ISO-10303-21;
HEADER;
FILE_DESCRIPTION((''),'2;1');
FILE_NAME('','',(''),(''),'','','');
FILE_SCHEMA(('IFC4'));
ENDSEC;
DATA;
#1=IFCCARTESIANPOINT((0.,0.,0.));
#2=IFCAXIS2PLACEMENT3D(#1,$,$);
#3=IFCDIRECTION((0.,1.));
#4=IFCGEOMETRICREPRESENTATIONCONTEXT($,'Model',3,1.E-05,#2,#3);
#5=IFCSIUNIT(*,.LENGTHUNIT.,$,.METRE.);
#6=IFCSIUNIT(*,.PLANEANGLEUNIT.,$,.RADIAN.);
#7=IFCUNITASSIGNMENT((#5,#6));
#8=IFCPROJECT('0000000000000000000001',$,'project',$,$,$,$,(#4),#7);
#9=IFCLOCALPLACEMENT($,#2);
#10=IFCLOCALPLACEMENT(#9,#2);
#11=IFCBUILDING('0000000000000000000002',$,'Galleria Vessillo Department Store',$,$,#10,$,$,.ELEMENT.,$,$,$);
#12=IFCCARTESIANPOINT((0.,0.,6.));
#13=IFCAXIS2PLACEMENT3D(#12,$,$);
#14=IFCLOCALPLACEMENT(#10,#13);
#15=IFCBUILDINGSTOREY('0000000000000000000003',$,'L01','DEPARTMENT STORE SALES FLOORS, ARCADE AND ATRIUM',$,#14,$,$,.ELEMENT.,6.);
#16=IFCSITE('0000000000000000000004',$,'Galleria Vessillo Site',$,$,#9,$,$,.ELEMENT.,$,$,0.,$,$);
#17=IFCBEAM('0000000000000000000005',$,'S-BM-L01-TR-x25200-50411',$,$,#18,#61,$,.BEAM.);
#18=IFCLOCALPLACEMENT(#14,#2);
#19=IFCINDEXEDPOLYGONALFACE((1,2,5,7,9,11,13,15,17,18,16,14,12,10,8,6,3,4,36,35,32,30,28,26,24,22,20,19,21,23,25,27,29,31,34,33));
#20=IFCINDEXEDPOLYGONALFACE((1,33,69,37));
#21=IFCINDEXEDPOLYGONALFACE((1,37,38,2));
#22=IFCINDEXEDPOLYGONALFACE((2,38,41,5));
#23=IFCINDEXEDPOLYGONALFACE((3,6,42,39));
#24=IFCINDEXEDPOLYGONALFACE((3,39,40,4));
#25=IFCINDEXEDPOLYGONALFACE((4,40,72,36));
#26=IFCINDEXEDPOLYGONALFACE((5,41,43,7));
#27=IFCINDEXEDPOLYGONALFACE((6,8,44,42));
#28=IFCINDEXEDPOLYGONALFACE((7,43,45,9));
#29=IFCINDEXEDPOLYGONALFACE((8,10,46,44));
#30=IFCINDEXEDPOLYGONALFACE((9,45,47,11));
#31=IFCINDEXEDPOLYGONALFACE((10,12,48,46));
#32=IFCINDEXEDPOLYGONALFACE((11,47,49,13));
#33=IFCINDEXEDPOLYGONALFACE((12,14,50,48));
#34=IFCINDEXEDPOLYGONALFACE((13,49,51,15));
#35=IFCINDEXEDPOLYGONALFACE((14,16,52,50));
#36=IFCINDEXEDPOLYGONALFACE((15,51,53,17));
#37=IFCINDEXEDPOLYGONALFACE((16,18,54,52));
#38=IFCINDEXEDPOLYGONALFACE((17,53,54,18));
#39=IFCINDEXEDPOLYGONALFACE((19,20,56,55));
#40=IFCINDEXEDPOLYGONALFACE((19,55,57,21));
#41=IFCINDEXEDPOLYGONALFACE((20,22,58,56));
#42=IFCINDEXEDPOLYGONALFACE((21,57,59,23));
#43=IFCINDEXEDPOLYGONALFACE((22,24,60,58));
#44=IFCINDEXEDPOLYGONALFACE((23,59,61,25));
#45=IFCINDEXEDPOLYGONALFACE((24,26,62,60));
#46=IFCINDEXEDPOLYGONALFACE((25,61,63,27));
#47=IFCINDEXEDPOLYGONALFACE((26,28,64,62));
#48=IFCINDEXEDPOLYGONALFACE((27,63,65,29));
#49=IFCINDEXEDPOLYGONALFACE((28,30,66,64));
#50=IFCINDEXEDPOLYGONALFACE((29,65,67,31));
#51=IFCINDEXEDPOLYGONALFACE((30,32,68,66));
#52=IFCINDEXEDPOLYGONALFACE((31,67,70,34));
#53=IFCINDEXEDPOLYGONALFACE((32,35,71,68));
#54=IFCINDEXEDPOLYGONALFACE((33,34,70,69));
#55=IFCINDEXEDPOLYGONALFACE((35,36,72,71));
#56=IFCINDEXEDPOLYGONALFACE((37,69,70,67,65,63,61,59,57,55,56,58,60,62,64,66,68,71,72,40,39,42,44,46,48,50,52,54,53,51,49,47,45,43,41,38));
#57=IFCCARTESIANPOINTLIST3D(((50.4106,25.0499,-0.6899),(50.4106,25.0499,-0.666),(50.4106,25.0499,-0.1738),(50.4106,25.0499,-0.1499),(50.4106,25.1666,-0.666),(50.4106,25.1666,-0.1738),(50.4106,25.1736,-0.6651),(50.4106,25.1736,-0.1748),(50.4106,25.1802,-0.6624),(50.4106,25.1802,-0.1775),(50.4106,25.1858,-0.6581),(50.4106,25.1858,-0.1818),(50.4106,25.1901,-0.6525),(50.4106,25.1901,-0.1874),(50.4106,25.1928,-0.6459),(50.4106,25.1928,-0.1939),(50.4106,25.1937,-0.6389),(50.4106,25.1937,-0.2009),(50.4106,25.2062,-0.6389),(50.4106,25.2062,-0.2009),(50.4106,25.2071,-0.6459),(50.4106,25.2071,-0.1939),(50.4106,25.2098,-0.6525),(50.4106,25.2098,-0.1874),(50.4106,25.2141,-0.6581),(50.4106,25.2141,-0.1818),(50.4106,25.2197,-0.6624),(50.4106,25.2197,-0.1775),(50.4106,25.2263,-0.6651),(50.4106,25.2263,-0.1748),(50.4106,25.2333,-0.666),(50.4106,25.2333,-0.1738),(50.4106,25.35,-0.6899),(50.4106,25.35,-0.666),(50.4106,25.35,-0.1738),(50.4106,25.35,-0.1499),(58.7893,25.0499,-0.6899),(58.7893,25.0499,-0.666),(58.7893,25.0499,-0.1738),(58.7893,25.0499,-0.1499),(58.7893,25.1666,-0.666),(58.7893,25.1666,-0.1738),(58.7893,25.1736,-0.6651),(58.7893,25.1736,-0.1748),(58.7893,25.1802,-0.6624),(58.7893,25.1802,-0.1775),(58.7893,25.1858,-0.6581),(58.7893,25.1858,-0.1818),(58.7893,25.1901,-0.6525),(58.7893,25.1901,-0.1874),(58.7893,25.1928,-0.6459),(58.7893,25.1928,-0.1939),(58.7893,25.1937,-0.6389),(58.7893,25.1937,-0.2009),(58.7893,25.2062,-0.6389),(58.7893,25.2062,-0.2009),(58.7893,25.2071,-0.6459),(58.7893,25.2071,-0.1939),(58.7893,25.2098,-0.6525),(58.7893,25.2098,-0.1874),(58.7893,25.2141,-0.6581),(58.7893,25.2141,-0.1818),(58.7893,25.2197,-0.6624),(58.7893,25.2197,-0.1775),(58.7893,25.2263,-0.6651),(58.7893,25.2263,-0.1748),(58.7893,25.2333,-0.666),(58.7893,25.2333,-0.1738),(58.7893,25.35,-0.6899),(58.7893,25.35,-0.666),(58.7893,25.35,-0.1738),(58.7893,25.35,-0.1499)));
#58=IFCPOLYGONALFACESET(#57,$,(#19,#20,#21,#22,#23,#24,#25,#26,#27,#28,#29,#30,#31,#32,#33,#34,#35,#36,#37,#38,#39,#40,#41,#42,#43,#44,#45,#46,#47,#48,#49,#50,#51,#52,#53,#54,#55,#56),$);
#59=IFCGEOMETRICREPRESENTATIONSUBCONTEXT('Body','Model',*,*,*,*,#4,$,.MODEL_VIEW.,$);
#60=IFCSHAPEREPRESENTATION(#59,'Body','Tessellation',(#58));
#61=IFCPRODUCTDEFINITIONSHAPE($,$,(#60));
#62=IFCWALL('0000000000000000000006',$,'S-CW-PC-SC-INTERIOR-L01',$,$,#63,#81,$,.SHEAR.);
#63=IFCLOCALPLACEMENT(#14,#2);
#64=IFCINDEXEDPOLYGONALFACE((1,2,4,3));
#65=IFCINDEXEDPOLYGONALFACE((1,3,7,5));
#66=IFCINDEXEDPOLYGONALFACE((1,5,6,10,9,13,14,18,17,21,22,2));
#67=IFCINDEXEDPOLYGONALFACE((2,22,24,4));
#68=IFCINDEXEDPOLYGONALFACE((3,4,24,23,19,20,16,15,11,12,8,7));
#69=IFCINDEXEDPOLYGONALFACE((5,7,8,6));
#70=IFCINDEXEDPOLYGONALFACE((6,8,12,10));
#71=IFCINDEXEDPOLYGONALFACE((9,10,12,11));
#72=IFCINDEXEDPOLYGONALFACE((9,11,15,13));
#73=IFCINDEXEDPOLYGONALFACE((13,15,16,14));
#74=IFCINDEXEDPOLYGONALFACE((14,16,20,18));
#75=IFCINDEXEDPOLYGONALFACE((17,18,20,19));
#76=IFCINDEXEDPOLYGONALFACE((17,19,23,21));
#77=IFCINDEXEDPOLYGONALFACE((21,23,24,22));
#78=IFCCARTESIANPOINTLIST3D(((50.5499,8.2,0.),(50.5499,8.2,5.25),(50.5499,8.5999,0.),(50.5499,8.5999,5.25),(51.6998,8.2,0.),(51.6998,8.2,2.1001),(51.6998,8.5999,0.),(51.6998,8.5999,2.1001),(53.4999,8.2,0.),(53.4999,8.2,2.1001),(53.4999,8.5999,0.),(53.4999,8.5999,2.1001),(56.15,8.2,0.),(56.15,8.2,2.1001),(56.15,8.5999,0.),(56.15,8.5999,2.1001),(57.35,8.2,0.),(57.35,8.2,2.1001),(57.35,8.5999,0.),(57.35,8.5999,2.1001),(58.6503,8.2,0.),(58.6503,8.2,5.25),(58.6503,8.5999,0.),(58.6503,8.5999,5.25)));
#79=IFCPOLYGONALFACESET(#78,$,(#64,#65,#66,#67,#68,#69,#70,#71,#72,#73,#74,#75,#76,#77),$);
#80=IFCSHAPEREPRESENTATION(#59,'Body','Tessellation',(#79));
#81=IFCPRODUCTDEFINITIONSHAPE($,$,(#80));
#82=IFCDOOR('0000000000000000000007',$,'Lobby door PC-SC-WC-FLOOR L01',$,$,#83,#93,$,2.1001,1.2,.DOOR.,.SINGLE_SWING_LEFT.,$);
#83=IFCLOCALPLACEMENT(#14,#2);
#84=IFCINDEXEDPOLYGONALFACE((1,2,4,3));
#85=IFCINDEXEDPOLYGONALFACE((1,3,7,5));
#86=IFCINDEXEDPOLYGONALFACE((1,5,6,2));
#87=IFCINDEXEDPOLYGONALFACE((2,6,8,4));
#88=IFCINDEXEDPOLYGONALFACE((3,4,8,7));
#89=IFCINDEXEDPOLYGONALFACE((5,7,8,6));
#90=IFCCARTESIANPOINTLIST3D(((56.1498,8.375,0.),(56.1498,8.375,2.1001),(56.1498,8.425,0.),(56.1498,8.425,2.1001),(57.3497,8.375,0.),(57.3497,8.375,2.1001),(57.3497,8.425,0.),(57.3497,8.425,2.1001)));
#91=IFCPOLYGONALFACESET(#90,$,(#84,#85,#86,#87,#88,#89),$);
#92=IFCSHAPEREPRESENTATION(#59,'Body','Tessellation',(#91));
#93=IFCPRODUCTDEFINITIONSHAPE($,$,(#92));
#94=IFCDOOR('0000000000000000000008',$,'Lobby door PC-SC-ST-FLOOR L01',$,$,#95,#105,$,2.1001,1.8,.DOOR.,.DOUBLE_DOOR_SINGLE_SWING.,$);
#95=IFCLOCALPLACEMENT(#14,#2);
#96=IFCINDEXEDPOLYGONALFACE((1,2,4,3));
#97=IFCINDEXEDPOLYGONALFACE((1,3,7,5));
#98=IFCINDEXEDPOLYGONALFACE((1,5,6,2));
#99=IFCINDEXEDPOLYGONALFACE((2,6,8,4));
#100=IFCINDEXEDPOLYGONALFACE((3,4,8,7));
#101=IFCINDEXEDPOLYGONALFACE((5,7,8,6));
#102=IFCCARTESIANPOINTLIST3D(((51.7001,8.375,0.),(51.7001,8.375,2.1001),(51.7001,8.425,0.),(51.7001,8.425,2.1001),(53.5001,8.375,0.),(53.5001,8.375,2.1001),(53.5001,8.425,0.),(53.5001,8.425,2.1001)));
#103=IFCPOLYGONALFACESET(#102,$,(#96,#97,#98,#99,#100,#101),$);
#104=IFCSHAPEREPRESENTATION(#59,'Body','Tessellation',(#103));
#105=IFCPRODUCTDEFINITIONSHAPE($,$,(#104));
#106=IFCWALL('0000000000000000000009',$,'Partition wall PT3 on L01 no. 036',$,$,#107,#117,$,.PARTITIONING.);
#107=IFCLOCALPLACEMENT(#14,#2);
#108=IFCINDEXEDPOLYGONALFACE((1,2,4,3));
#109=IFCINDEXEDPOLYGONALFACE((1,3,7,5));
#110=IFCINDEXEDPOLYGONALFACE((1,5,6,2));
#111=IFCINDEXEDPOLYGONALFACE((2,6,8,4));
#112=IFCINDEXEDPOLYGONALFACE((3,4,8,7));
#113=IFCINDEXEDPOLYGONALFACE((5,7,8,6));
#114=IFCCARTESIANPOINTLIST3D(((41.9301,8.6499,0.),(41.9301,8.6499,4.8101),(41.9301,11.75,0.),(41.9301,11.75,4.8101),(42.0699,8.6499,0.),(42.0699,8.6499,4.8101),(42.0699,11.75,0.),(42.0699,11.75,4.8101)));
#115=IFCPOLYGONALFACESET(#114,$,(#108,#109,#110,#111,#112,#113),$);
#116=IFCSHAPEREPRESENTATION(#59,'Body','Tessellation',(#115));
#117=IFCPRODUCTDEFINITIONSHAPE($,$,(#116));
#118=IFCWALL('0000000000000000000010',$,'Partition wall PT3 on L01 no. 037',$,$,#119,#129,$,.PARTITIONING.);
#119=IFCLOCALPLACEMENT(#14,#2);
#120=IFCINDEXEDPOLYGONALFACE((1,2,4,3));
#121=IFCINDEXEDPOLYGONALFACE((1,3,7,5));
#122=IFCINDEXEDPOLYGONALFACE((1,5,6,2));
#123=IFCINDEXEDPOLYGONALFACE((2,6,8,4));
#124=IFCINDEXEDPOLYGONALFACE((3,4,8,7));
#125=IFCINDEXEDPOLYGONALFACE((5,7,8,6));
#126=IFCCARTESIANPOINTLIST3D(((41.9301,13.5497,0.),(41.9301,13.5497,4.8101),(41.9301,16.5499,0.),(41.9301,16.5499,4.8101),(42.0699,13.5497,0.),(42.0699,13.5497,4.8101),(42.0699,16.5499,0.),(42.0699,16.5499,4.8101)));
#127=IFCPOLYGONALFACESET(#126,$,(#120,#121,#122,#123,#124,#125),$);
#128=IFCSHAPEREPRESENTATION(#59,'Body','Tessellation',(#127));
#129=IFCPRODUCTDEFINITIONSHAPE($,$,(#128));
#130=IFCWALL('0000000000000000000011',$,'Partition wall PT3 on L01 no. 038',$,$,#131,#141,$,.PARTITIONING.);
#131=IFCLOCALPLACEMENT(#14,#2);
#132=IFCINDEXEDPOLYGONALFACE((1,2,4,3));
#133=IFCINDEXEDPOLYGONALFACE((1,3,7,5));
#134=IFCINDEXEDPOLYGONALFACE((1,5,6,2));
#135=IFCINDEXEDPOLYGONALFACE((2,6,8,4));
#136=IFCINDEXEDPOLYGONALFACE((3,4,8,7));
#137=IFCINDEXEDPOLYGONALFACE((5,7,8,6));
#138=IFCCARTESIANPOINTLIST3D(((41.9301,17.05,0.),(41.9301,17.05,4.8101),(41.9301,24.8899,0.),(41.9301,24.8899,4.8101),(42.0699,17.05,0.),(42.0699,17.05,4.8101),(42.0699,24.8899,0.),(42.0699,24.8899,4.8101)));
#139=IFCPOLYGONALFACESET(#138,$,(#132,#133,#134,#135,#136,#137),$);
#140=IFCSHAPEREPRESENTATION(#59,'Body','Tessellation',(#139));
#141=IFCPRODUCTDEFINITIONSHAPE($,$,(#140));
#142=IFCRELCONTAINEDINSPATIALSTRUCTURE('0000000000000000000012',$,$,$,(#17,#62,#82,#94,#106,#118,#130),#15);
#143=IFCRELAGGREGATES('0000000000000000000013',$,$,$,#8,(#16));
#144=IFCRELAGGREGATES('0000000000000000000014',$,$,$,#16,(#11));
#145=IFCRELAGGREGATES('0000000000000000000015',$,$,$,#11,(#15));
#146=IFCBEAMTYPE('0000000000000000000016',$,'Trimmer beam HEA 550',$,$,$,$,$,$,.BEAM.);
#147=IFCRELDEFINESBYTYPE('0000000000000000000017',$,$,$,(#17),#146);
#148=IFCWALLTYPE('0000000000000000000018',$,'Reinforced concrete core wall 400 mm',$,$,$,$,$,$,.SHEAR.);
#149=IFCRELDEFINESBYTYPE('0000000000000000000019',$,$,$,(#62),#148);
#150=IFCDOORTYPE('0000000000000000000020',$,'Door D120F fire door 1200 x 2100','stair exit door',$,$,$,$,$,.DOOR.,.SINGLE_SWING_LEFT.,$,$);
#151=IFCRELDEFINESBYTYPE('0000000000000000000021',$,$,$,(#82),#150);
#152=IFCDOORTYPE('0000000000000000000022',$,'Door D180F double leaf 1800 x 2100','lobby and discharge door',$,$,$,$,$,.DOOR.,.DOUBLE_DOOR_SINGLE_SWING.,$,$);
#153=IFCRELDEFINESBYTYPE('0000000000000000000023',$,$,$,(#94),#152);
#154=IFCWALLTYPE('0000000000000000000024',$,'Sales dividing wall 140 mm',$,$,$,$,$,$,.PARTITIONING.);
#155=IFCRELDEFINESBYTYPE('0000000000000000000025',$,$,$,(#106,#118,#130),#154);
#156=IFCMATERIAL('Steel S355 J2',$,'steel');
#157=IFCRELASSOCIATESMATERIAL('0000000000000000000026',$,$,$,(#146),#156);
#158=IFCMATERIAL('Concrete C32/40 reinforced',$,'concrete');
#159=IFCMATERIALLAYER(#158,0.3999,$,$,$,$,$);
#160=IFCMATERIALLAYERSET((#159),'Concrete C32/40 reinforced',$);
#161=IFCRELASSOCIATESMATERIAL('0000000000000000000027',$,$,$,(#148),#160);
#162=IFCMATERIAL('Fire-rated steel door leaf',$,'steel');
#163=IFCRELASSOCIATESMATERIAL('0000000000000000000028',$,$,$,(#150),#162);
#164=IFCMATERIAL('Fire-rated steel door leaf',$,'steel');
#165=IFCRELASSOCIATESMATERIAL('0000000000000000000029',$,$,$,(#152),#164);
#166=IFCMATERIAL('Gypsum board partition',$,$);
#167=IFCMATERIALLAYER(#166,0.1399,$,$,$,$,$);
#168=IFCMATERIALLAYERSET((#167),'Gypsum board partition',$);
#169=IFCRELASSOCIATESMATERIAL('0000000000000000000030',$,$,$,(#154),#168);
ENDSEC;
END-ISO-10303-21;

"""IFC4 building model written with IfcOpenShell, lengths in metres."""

from ifc_helpers import new_model, si_unit, direction, frame, frame_2d, origin, origin_2d, place, context, subcontext, project, spatial, rectangle, i_section, extrude, material, layer, layer_set, material_profile, profile_set, type_object, element, fill, save


model = new_model("IFC4")

# Units and contexts
model_context = context("Model", 3, precision=1e-05, world=origin(), true_north=direction((0.0, 1.0)))
body_context = subcontext(model_context, "Body", "Model", "MODEL_VIEW")
ifc_project = project(units=[si_unit("LENGTHUNIT", "METRE"), si_unit("PLANEANGLEUNIT", "RADIAN")], contexts=[model_context])

# Site, building, storey
site_placement = place(None, origin())
site = spatial("IfcSite", under=ifc_project, at=site_placement, Name="Galleria Vessillo Site", CompositionType="ELEMENT", RefElevation=0.0)
building_placement = place(site_placement, origin())
building = spatial("IfcBuilding", under=site, at=building_placement, Name="Galleria Vessillo Department Store", CompositionType="ELEMENT")
storey_placement = place(building_placement, frame((0.0, 0.0, 6.0)))
storey = spatial("IfcBuildingStorey", under=building, at=storey_placement, Name="L01", Description="DEPARTMENT STORE SALES FLOORS, ARCADE AND ATRIUM", CompositionType="ELEMENT", Elevation=6.0)

# Beam
ifc_material_1 = material(Name="Steel S355 J2", Category="steel")
ifc_material_profile_1 = material_profile(ifc_material_1, i_section(OverallWidth=0.3, OverallDepth=0.54, WebThickness=0.0125, FlangeThickness=0.0239, FilletRadius=0.0271, at=origin_2d()), Name="HEA 550")
ifc_profile_set_1 = profile_set([ifc_material_profile_1], Name="Steel S355 J2")
beam_type_1 = type_object("IfcBeamType", Name="Trimmer beam HEA 550", PredefinedType="BEAM", material=ifc_profile_set_1)
for number, where, z_axis, x_axis, name in (
    (1, (50.4106, 25.2, -0.4199), (1.0, 0.0, 0.0), (0.0, 1.0, 0.0), "S-BM-L01-TR-x25200-50411"),
):
    element("IfcBeam", number, at=place(storey_placement, frame(where, z_axis=z_axis, x_axis=x_axis)), inside=storey, type_object=beam_type_1, Name=name, PredefinedType="BEAM", context=body_context, shape_type="SweptSolid", body=[
        extrude(i_section(OverallWidth=0.3, OverallDepth=0.54, WebThickness=0.0125, FlangeThickness=0.0239, FilletRadius=0.0271, at=origin_2d()), origin(), (0.0, 0.0, 1.0), 8.3787),
    ])

# Wall, openings, doors
ifc_material_2 = material(Name="Concrete C32/40 reinforced", Category="concrete")
ifc_layer_1 = layer(ifc_material_2, 0.3999)
ifc_layer_set_1 = layer_set([ifc_layer_1], Name="Concrete C32/40 reinforced")
wall_type_1 = type_object("IfcWallType", Name="Reinforced concrete core wall 400 mm", PredefinedType="SHEAR", material=ifc_layer_set_1)
wall_1_placement = place(storey_placement, frame((50.5498, 8.3999, 0.0), z_axis=(0.0, 0.0, 1.0), x_axis=(1.0, 0.0, 0.0)))
wall_1 = element("IfcWall", 2, at=wall_1_placement, inside=storey, type_object=wall_type_1, Name="S-CW-PC-SC-INTERIOR-L01", PredefinedType="SHEAR", context=body_context, shape_type="SweptSolid", body=[
    extrude(rectangle(XDim=8.1003, YDim=0.3999, at=frame_2d((4.0503, 0.0))), origin(), (0.0, 0.0, 1.0), 5.25),
])
opening_1_placement = place(wall_1_placement, frame((1.1501, 0.0, 0.0)))
opening_1 = element("IfcOpeningElement", 3, at=opening_1_placement, cuts=wall_1, PredefinedType="OPENING", context=body_context, shape_type="SweptSolid", body=[
    extrude(rectangle(XDim=1.8, YDim=2.1001, at=frame_2d((0.8999, 1.05))), frame((0.0, 0.21, 0.0), z_axis=(0.0, -1.0, 0.0), x_axis=(1.0, 0.0, 0.0)), (0.0, 0.0, 1.0), 0.4199),
])
opening_2_placement = place(wall_1_placement, frame((5.6001, 0.0, 0.0)))
opening_2 = element("IfcOpeningElement", 4, at=opening_2_placement, cuts=wall_1, PredefinedType="OPENING", context=body_context, shape_type="SweptSolid", body=[
    extrude(rectangle(XDim=1.2, YDim=2.1001, at=frame_2d((0.6001, 1.05))), frame((0.0, 0.21, 0.0), z_axis=(0.0, -1.0, 0.0), x_axis=(1.0, 0.0, 0.0)), (0.0, 0.0, 1.0), 0.4199),
])
ifc_material_3 = material(Name="Fire-rated steel door leaf", Category="steel")
door_type_1 = type_object("IfcDoorType", Name="Door D120F fire door 1200 x 2100", Description="stair exit door", OperationType="SINGLE_SWING_LEFT", PredefinedType="DOOR", material=ifc_material_3)
door_1_placement = place(opening_2_placement, frame((1.2, 0.0, 0.0), z_axis=(0.0, 0.0, 1.0), x_axis=(-1.0, 0.0, 0.0)))
door_1 = element("IfcDoor", 5, at=door_1_placement, inside=storey, type_object=door_type_1, Name="Lobby door PC-SC-WC-FLOOR L01", OperationType="SINGLE_SWING_LEFT", OverallHeight=2.1001, OverallWidth=1.2, PredefinedType="DOOR", context=body_context, shape_type="SweptSolid", body=[
    extrude(rectangle(XDim=1.2, YDim=2.1001, at=frame_2d((0.6001, 1.05))), frame((0.0, 0.0249, 0.0), z_axis=(0.0, -1.0, 0.0), x_axis=(1.0, 0.0, 0.0)), (0.0, 0.0, 1.0), 0.05),
])
fill(opening_2, door_1)
ifc_material_4 = material(Name="Fire-rated steel door leaf", Category="steel")
door_type_2 = type_object("IfcDoorType", Name="Door D180F double leaf 1800 x 2100", Description="lobby and discharge door", OperationType="DOUBLE_DOOR_SINGLE_SWING", PredefinedType="DOOR", material=ifc_material_4)
door_2_placement = place(opening_1_placement, frame((1.8, 0.0, 0.0), z_axis=(0.0, 0.0, 1.0), x_axis=(-1.0, 0.0, 0.0)))
door_2 = element("IfcDoor", 6, at=door_2_placement, inside=storey, type_object=door_type_2, Name="Lobby door PC-SC-ST-FLOOR L01", OperationType="DOUBLE_DOOR_SINGLE_SWING", OverallHeight=2.1001, OverallWidth=1.8, PredefinedType="DOOR", context=body_context, shape_type="SweptSolid", body=[
    extrude(rectangle(XDim=1.8, YDim=2.1001, at=frame_2d((0.8999, 1.05))), frame((0.0, 0.0249, 0.0), z_axis=(0.0, -1.0, 0.0), x_axis=(1.0, 0.0, 0.0)), (0.0, 0.0, 1.0), 0.05),
])
fill(opening_1, door_2)

# Walls
ifc_material_5 = material(Name="Gypsum board partition")
ifc_layer_2 = layer(ifc_material_5, 0.1399)
ifc_layer_set_2 = layer_set([ifc_layer_2], Name="Gypsum board partition")
wall_type_2 = type_object("IfcWallType", Name="Sales dividing wall 140 mm", PredefinedType="PARTITIONING", material=ifc_layer_set_2)
wall_2_placement = place(storey_placement, frame((42.0, 8.6499, 0.0), z_axis=(0.0, 0.0, 1.0), x_axis=(0.0, 1.0, 0.0)))
element("IfcWall", 7, at=wall_2_placement, inside=storey, type_object=wall_type_2, Name="Partition wall PT3 on L01 no. 036", PredefinedType="PARTITIONING", context=body_context, shape_type="SweptSolid", body=[
    extrude(rectangle(XDim=3.1001, YDim=0.1399, at=frame_2d((1.55, 0.0))), origin(), (0.0, 0.0, 1.0), 4.8101),
])
wall_3_placement = place(storey_placement, frame((42.0, 13.5498, 0.0), z_axis=(0.0, 0.0, 1.0), x_axis=(0.0, 1.0, 0.0)))
element("IfcWall", 8, at=wall_3_placement, inside=storey, type_object=wall_type_2, Name="Partition wall PT3 on L01 no. 037", PredefinedType="PARTITIONING", context=body_context, shape_type="SweptSolid", body=[
    extrude(rectangle(XDim=3.0002, YDim=0.1399, at=frame_2d((1.5, 0.0))), origin(), (0.0, 0.0, 1.0), 4.8101),
])
wall_4_placement = place(storey_placement, frame((42.0, 17.05, 0.0), z_axis=(0.0, 0.0, 1.0), x_axis=(0.0, 1.0, 0.0)))
element("IfcWall", 9, at=wall_4_placement, inside=storey, type_object=wall_type_2, Name="Partition wall PT3 on L01 no. 038", PredefinedType="PARTITIONING", context=body_context, shape_type="SweptSolid", body=[
    extrude(rectangle(XDim=7.8398, YDim=0.1399, at=frame_2d((3.9199, 0.0))), origin(), (0.0, 0.0, 1.0), 4.8101),
])

save(model, "model.ifc")
